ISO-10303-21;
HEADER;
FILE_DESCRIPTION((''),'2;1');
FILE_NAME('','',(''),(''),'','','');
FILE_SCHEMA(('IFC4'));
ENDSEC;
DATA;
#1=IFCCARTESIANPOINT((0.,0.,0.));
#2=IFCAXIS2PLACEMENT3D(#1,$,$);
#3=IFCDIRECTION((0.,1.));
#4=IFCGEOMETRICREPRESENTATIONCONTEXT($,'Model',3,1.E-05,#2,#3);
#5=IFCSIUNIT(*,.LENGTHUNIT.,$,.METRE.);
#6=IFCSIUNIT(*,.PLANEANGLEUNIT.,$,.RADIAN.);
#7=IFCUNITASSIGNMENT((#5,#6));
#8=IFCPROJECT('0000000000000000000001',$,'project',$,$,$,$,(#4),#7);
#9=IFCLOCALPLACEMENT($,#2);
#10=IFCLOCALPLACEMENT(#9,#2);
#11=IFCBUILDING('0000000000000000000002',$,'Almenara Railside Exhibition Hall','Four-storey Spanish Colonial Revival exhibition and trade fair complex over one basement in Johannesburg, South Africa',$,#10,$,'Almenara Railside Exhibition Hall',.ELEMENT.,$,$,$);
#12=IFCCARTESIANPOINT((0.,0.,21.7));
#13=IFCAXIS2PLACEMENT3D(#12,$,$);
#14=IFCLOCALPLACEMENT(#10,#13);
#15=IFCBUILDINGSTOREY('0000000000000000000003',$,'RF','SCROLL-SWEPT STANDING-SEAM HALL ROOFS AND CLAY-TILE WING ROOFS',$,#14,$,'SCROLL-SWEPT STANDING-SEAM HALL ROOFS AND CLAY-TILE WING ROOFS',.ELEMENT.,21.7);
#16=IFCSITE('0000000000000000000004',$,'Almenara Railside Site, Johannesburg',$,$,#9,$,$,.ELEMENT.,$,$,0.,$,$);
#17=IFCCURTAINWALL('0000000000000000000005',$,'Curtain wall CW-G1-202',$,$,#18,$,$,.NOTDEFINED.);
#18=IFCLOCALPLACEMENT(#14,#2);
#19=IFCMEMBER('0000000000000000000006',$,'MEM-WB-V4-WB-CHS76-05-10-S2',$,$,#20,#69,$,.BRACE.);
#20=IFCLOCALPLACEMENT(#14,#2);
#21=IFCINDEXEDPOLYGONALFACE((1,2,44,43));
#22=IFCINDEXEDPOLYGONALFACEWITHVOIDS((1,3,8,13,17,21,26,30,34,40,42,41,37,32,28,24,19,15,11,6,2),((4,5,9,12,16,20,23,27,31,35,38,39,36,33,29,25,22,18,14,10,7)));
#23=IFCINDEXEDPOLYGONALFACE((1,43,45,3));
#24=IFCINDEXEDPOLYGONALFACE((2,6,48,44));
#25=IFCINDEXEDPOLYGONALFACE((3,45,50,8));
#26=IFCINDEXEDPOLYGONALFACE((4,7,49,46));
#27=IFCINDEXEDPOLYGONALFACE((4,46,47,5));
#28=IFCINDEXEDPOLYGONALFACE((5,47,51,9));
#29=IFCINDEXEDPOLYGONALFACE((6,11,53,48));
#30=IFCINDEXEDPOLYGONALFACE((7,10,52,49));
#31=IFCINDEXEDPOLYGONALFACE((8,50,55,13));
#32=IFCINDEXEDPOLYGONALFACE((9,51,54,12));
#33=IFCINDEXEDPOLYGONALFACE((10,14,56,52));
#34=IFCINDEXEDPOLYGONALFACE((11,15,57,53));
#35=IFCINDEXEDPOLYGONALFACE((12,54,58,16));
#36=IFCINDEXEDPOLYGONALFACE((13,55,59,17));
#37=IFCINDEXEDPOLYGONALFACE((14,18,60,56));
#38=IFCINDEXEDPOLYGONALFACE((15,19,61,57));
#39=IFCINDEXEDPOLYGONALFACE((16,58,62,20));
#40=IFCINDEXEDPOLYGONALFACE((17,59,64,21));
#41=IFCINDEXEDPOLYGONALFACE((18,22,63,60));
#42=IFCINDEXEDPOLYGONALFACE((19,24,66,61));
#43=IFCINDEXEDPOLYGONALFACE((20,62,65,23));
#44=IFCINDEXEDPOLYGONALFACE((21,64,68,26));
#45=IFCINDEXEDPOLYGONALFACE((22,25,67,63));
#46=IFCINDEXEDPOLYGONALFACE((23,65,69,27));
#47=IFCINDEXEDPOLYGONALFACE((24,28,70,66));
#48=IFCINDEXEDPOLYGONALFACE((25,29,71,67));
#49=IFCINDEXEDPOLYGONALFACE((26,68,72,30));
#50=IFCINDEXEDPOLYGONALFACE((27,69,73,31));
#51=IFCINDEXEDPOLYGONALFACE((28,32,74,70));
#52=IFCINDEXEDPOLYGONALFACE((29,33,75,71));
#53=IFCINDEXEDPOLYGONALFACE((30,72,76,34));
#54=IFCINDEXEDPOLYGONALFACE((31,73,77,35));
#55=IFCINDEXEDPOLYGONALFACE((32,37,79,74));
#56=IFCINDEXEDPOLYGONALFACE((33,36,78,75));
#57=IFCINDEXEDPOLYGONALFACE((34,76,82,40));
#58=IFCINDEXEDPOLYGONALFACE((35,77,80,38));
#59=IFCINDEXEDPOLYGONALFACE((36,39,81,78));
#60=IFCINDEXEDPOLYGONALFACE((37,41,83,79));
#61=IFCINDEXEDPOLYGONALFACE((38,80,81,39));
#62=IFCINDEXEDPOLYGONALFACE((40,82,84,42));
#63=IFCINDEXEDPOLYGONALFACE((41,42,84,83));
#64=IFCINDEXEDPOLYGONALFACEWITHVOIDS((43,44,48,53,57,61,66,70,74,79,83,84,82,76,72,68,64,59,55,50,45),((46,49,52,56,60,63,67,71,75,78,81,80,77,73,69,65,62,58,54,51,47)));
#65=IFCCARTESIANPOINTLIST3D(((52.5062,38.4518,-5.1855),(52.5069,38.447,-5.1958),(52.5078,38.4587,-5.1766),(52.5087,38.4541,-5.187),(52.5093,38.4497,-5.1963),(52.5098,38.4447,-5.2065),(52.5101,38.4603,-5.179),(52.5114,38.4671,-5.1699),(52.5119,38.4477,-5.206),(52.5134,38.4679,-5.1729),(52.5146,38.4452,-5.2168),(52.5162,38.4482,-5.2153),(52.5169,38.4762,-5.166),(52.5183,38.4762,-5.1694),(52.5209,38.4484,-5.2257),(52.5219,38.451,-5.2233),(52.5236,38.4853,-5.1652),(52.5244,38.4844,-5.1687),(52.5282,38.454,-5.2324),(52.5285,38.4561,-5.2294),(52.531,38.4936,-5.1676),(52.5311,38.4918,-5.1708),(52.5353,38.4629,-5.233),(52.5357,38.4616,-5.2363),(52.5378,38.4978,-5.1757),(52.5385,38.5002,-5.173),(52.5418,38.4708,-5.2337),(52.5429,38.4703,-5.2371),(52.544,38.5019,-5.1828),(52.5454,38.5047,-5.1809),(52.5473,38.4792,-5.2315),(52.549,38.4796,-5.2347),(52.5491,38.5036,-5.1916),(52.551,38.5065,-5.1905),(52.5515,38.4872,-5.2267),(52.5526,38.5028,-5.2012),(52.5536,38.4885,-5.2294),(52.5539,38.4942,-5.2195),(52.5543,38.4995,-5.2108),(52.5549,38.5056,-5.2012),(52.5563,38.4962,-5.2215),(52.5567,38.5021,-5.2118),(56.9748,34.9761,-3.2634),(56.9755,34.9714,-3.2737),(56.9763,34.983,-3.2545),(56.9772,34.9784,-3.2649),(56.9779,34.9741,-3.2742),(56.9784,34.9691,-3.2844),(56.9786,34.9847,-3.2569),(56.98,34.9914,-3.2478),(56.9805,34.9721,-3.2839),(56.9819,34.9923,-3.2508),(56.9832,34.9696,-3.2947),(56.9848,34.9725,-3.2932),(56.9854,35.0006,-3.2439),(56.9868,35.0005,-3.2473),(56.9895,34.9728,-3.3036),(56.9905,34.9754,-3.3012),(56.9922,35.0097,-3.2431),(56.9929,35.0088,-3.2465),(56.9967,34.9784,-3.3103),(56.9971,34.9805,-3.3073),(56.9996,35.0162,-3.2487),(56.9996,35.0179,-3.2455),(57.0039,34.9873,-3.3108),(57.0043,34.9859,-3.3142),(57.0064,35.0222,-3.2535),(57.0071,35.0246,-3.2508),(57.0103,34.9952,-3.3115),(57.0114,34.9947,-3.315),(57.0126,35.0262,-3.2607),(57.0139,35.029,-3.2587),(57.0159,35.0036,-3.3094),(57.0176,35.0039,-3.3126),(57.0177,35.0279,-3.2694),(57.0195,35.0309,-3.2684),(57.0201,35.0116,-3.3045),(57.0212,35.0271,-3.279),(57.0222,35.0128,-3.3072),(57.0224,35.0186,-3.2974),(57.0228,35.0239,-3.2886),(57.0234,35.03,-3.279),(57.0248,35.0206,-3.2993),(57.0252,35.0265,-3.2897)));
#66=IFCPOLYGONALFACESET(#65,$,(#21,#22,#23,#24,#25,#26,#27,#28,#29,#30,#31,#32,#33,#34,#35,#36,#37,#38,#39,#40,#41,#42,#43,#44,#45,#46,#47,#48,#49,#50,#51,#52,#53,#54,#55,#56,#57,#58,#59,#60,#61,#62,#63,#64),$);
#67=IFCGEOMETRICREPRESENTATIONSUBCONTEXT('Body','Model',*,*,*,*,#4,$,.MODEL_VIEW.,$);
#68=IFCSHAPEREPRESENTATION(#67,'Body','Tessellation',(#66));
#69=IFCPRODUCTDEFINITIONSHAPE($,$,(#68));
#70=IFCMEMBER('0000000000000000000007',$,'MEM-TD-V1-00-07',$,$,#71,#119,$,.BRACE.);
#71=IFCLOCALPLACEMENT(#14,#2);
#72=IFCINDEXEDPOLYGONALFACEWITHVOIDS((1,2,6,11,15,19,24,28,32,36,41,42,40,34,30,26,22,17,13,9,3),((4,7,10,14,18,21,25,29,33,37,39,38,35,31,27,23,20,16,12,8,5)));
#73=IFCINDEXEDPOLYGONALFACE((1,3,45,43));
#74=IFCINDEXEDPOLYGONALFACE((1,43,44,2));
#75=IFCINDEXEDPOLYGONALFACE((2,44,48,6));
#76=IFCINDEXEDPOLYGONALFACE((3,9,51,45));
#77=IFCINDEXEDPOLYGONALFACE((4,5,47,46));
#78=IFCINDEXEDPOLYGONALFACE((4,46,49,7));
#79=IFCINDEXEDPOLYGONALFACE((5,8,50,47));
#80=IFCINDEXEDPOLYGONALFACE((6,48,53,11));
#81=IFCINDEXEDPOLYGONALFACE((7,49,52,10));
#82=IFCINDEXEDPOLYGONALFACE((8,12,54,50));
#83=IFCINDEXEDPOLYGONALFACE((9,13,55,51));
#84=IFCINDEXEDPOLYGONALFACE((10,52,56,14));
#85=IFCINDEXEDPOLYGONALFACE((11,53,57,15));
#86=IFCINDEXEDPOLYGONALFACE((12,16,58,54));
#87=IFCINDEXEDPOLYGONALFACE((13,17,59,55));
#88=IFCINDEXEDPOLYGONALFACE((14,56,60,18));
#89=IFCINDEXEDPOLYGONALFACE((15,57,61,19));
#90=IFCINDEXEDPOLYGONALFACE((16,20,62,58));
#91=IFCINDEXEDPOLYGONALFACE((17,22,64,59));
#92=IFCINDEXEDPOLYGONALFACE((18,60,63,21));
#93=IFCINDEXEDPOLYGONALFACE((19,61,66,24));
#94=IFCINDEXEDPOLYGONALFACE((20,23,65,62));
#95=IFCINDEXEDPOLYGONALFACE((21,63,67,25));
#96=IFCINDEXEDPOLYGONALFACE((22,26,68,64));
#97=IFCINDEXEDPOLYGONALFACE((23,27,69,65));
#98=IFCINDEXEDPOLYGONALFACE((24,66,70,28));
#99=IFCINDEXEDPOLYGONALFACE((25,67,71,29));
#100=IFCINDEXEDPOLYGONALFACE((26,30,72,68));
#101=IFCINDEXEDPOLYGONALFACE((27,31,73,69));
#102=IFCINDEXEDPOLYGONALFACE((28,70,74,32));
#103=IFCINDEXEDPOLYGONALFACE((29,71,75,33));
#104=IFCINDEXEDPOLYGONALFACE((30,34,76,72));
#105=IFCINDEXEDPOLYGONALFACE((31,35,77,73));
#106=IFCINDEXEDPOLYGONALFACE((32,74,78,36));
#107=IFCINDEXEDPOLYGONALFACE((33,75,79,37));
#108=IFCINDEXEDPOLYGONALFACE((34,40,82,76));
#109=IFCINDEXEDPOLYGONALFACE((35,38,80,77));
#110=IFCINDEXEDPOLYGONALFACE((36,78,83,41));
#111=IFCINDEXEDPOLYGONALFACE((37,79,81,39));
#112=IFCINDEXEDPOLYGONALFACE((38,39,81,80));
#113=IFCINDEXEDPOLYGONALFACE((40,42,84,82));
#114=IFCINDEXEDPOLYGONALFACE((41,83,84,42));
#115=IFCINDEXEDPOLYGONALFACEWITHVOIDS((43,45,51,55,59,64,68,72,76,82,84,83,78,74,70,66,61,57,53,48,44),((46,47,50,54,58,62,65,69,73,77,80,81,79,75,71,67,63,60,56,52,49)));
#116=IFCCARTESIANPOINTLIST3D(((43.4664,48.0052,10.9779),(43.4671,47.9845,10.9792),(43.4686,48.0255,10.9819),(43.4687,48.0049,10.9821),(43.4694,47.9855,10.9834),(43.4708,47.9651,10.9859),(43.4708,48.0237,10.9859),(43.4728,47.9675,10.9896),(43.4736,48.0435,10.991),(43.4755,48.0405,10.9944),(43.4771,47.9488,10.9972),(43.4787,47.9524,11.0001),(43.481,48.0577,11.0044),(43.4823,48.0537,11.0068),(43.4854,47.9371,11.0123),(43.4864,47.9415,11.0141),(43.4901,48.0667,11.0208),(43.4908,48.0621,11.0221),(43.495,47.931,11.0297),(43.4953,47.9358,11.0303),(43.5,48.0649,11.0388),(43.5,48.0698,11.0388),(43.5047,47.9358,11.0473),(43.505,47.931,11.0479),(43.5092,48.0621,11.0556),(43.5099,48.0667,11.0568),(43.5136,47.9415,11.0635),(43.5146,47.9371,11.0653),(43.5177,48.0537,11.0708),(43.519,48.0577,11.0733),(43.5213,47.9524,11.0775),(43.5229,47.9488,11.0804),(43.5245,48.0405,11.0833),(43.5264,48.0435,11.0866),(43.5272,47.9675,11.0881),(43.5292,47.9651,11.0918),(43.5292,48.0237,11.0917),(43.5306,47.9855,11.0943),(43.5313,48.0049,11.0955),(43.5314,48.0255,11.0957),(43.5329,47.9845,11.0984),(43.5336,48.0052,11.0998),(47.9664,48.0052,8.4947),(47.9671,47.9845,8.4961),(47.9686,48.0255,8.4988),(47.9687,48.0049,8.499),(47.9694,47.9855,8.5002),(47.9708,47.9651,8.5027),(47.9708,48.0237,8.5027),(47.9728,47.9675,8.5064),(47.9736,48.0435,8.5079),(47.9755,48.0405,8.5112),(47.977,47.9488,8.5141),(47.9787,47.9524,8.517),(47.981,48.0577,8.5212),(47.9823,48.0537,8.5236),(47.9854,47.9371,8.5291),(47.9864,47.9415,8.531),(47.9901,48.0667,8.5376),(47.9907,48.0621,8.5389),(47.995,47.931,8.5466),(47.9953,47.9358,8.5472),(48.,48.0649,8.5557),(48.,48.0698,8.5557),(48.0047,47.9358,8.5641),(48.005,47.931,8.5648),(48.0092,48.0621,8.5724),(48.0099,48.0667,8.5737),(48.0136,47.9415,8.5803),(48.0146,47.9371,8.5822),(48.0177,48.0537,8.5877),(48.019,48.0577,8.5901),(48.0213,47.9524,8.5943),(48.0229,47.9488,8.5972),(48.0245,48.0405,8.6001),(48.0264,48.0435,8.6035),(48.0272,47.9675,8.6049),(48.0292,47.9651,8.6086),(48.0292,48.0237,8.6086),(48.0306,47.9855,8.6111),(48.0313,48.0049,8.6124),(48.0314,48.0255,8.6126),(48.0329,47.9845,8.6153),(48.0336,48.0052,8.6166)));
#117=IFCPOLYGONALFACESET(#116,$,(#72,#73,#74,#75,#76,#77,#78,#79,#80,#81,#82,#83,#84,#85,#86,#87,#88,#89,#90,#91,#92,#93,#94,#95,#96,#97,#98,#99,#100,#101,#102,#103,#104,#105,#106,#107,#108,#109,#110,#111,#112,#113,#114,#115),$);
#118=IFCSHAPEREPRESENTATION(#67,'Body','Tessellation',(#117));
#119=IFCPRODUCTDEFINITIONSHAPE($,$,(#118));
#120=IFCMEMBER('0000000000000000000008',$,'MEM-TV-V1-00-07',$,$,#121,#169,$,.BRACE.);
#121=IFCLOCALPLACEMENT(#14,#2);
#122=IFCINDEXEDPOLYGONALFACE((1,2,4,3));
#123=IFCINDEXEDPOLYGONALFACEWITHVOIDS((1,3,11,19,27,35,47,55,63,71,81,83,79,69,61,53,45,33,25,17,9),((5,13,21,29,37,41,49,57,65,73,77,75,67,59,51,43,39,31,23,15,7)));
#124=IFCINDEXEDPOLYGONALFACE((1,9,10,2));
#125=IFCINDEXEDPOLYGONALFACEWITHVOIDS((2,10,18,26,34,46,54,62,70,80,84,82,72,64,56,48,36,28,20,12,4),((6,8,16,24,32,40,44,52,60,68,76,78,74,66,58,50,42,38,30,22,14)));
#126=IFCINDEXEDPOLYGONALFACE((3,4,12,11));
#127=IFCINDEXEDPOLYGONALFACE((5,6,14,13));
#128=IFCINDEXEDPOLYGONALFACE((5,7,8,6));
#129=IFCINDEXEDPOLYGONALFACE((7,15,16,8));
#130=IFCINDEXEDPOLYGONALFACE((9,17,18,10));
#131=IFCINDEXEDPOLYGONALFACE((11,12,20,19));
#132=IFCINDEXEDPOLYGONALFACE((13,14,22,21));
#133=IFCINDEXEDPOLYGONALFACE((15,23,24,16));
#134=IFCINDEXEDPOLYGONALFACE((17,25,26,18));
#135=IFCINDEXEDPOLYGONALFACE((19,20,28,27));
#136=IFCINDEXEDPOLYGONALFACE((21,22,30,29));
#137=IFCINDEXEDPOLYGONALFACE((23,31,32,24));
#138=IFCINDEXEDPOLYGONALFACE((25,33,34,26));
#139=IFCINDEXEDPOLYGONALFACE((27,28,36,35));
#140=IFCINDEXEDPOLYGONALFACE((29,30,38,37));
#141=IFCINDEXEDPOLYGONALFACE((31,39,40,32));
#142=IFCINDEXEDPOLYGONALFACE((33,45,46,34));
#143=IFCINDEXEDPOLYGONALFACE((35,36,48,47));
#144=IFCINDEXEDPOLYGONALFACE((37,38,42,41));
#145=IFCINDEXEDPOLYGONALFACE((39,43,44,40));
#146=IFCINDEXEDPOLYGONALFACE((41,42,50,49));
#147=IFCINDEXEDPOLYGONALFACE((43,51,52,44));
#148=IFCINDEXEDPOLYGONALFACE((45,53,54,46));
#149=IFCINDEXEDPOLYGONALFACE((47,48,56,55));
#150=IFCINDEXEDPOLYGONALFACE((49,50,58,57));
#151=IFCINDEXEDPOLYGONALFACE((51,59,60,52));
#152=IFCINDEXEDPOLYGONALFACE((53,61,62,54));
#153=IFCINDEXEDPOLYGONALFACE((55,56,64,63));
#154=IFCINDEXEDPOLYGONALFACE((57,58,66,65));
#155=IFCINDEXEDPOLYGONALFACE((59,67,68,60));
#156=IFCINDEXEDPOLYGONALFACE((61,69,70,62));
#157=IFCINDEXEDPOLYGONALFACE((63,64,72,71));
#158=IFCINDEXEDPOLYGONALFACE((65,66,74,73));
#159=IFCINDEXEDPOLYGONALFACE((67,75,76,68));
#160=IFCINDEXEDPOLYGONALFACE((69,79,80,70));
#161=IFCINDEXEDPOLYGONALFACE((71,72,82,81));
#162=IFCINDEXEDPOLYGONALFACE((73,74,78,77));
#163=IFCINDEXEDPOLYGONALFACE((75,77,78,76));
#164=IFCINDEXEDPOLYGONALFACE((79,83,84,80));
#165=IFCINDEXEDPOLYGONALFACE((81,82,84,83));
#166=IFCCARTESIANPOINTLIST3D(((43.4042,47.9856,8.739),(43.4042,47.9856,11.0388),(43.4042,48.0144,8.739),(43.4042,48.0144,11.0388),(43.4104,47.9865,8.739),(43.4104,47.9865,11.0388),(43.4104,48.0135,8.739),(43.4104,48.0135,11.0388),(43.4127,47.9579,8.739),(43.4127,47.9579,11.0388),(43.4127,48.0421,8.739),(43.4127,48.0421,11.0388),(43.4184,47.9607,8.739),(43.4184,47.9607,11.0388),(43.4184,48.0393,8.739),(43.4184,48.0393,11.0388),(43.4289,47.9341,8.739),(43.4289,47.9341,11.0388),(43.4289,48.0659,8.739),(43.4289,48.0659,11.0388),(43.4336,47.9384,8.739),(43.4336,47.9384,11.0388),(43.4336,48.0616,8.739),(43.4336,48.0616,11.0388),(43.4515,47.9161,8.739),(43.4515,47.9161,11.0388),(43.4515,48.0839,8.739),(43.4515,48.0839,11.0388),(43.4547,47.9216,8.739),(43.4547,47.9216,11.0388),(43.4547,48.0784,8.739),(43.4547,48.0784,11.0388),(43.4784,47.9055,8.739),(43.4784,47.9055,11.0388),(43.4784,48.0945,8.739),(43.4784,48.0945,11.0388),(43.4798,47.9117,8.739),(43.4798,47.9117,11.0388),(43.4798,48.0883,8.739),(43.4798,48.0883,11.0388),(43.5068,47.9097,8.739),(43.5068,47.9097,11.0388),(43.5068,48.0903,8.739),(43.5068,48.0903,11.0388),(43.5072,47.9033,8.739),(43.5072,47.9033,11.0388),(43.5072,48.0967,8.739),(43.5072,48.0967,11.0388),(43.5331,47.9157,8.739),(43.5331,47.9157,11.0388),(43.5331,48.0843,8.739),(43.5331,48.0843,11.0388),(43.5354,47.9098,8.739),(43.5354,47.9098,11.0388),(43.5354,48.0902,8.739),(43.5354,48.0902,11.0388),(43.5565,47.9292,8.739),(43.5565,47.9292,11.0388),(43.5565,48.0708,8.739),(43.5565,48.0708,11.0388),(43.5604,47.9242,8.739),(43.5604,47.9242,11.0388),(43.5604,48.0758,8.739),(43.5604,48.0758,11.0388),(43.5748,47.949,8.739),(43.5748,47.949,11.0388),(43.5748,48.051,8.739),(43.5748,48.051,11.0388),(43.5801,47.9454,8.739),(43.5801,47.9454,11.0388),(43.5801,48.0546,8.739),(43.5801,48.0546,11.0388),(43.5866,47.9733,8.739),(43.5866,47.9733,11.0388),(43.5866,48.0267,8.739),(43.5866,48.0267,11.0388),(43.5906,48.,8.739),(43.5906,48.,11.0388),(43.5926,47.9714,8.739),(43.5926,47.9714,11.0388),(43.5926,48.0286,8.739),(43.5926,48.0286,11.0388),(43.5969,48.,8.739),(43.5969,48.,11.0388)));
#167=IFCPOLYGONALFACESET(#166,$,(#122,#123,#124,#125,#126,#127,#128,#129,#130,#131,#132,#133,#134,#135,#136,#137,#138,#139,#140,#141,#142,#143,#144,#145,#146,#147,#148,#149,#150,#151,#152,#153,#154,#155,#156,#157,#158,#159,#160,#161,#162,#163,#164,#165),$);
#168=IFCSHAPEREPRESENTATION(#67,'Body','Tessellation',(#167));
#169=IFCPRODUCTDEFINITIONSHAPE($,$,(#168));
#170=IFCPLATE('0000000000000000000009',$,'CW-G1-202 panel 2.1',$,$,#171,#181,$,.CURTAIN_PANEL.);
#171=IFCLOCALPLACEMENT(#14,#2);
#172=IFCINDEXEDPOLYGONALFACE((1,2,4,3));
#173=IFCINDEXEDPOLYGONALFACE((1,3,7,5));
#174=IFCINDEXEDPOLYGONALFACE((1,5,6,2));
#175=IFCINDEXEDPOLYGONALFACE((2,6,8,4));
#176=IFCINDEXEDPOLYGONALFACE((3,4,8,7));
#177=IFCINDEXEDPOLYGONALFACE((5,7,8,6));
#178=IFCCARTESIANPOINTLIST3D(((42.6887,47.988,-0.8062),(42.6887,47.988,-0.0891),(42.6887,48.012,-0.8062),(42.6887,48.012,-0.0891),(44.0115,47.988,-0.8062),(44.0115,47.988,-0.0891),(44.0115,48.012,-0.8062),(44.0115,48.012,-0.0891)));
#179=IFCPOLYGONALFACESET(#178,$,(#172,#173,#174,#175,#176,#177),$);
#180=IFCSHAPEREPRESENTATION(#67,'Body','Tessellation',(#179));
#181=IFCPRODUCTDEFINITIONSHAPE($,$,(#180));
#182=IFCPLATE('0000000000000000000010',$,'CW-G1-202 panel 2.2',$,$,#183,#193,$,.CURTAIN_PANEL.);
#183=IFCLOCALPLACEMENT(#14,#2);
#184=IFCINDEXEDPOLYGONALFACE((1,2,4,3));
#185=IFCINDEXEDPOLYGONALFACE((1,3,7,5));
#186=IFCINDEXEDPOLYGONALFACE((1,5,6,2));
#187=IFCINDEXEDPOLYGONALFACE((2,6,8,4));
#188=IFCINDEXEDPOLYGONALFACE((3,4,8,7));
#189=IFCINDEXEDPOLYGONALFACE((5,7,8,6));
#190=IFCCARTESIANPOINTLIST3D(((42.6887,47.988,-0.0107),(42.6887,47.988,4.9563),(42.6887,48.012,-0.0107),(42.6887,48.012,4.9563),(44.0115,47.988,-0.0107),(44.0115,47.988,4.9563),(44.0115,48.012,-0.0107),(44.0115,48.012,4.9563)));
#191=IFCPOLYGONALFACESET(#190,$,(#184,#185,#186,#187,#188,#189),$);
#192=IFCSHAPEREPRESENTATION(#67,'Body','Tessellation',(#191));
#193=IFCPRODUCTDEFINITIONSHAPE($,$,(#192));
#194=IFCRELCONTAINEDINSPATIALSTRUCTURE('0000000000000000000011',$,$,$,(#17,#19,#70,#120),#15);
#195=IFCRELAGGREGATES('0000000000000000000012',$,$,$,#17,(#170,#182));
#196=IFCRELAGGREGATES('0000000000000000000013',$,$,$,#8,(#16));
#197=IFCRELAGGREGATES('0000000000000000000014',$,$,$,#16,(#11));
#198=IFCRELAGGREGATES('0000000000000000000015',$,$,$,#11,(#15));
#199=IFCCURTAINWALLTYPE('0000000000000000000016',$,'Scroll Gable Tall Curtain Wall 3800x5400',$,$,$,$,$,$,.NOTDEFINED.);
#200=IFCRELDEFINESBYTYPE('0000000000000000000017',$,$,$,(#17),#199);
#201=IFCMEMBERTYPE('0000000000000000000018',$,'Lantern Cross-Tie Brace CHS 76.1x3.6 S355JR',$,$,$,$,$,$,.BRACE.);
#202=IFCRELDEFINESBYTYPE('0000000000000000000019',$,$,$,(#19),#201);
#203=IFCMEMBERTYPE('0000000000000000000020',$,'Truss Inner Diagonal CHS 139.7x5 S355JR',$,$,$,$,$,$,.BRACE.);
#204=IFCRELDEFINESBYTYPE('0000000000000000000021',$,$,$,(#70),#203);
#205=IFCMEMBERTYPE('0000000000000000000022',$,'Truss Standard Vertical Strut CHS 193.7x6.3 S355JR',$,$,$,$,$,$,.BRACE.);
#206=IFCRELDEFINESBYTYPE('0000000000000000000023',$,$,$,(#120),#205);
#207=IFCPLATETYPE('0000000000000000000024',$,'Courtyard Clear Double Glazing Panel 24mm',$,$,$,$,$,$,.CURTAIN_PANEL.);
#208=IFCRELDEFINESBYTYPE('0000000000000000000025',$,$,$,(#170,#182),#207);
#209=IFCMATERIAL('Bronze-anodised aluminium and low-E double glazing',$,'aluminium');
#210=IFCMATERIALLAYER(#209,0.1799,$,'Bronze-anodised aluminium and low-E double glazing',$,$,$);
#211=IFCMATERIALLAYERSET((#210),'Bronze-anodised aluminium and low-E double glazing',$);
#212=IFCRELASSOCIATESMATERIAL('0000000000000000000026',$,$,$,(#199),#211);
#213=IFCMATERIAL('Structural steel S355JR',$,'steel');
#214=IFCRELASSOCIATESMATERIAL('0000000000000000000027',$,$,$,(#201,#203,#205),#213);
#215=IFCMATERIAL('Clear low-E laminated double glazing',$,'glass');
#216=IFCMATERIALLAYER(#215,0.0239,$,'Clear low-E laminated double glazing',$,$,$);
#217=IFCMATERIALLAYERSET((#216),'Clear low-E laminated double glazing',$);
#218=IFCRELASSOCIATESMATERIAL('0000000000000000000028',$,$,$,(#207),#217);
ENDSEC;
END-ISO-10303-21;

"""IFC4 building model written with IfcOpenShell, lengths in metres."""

from ifc_helpers import new_model, si_unit, direction, frame, origin, origin_2d, place, context, subcontext, project, spatial, rectangle, hollow_circle, extrude, material, layer, layer_set, material_profile, profile_set, type_object, element, aggregate, save


model = new_model("IFC4")

# Units and contexts
model_context = context("Model", 3, precision=1e-05, world=origin(), true_north=direction((0.0, 1.0)))
body_context = subcontext(model_context, "Body", "Model", "MODEL_VIEW")
ifc_project = project(units=[si_unit("LENGTHUNIT", "METRE"), si_unit("PLANEANGLEUNIT", "RADIAN")], contexts=[model_context])

# Site, building, storey
site_placement = place(None, origin())
site = spatial("IfcSite", under=ifc_project, at=site_placement, Name="Almenara Railside Site, Johannesburg", CompositionType="ELEMENT", RefElevation=0.0)
building_placement = place(site_placement, origin())
building = spatial("IfcBuilding", under=site, at=building_placement, Name="Almenara Railside Exhibition Hall", Description="Four-storey Spanish Colonial Revival exhibition and trade fair complex over one basement in Johannesburg, South Africa", LongName="Almenara Railside Exhibition Hall", CompositionType="ELEMENT")
storey_placement = place(building_placement, frame((0.0, 0.0, 21.7)))
storey = spatial("IfcBuildingStorey", under=building, at=storey_placement, Name="RF", Description="SCROLL-SWEPT STANDING-SEAM HALL ROOFS AND CLAY-TILE WING ROOFS", LongName="SCROLL-SWEPT STANDING-SEAM HALL ROOFS AND CLAY-TILE WING ROOFS", CompositionType="ELEMENT", Elevation=21.7)

# Shared definitions
ifc_material_1 = material(Name="Structural steel S355JR", Category="steel")

# Shared definitions
ifc_material_2 = material(Name="Bronze-anodised aluminium and low-E double glazing", Category="aluminium")
ifc_layer_1 = layer(ifc_material_2, 0.1799, Name="Bronze-anodised aluminium and low-E double glazing")
ifc_layer_set_1 = layer_set([ifc_layer_1], Name="Bronze-anodised aluminium and low-E double glazing")
curtain_wall_type = type_object("IfcCurtainWallType", Name="Scroll Gable Tall Curtain Wall 3800x5400", PredefinedType="NOTDEFINED", material=ifc_layer_set_1)

# Curtain wall
curtain_wall_1_placement = place(storey_placement, origin())
curtain_wall_1 = element("IfcCurtainWall", 1, at=curtain_wall_1_placement, inside=storey, type_object=curtain_wall_type, Name="Curtain wall CW-G1-202", PredefinedType="NOTDEFINED")

# Members
ifc_material_profile_1 = material_profile(ifc_material_1, hollow_circle(Radius=0.0381, WallThickness=0.0037, at=origin_2d()), Name="CHS 76.1x3.6")
ifc_profile_set_1 = profile_set([ifc_material_profile_1], Name="Structural steel S355JR")
member_type_1 = type_object("IfcMemberType", Name="Lantern Cross-Tie Brace CHS 76.1x3.6 S355JR", PredefinedType="BRACE", material=ifc_profile_set_1)
member_1_placement = place(storey_placement, frame((52.5315, 38.4756, -5.2012), z_axis=(0.747436, -0.581353, 0.321508), x_axis=(0.61395, 0.789345, 0.0)))
element("IfcMember", 2, at=member_1_placement, inside=storey, type_object=member_type_1, Name="MEM-WB-V4-WB-CHS76-05-10-S2", PredefinedType="BRACE", context=body_context, shape_type="SweptSolid", body=[
    extrude(hollow_circle(Radius=0.0381, WallThickness=0.0037, at=origin_2d()), origin(), (0.0, 0.0, 1.0), 5.9785),
])
ifc_material_profile_2 = material_profile(ifc_material_1, hollow_circle(Radius=0.0698, WallThickness=0.0049, at=origin_2d()), Name="CHS 139.7x5")
ifc_profile_set_2 = profile_set([ifc_material_profile_2], Name="Structural steel S355JR")
member_type_2 = type_object("IfcMemberType", Name="Truss Inner Diagonal CHS 139.7x5 S355JR", PredefinedType="BRACE", material=ifc_profile_set_2)
member_2_placement = place(storey_placement, frame((43.5, 48.0, 11.0388), z_axis=(0.875545, 0.0, -0.483136), x_axis=(0.0, 1.0, 0.0)))
element("IfcMember", 3, at=member_2_placement, inside=storey, type_object=member_type_2, Name="MEM-TD-V1-00-07", PredefinedType="BRACE", context=body_context, shape_type="SweptSolid", body=[
    extrude(hollow_circle(Radius=0.0698, WallThickness=0.0049, at=origin_2d()), origin(), (0.0, 0.0, 1.0), 5.1396),
])
ifc_material_profile_3 = material_profile(ifc_material_1, hollow_circle(Radius=0.0969, WallThickness=0.0063, at=origin_2d()), Name="CHS 193.7x6.3")
ifc_profile_set_3 = profile_set([ifc_material_profile_3], Name="Structural steel S355JR")
member_type_3 = type_object("IfcMemberType", Name="Truss Standard Vertical Strut CHS 193.7x6.3 S355JR", PredefinedType="BRACE", material=ifc_profile_set_3)
member_3_placement = place(storey_placement, frame((43.5, 48.0, 8.739), z_axis=(0.0, 0.0, 1.0), x_axis=(1.0, 0.0, 0.0)))
element("IfcMember", 4, at=member_3_placement, inside=storey, type_object=member_type_3, Name="MEM-TV-V1-00-07", PredefinedType="BRACE", context=body_context, shape_type="SweptSolid", body=[
    extrude(hollow_circle(Radius=0.0969, WallThickness=0.0063, at=origin_2d()), origin(), (0.0, 0.0, 1.0), 2.2998),
])

# Plates
ifc_material_3 = material(Name="Clear low-E laminated double glazing", Category="glass")
ifc_layer_2 = layer(ifc_material_3, 0.0239, Name="Clear low-E laminated double glazing")
ifc_layer_set_2 = layer_set([ifc_layer_2], Name="Clear low-E laminated double glazing")
plate_type_1 = type_object("IfcPlateType", Name="Courtyard Clear Double Glazing Panel 24mm", PredefinedType="CURTAIN_PANEL", material=ifc_layer_set_2)
plate_1_placement = place(storey_placement, frame((43.3501, 48.0, -0.8062), z_axis=(0.0, 0.0, 1.0), x_axis=(1.0, 0.0, 0.0)))
plate_1 = element("IfcPlate", 5, at=plate_1_placement, type_object=plate_type_1, Name="CW-G1-202 panel 2.1", PredefinedType="CURTAIN_PANEL", context=body_context, shape_type="SweptSolid", body=[
    extrude(rectangle(XDim=1.3228, YDim=0.0239, at=origin_2d()), origin(), (0.0, 0.0, 1.0), 0.717),
])
plate_2_placement = place(storey_placement, frame((43.3501, 48.0, -0.0107), z_axis=(0.0, 0.0, 1.0), x_axis=(1.0, 0.0, 0.0)))
plate_2 = element("IfcPlate", 6, at=plate_2_placement, type_object=plate_type_1, Name="CW-G1-202 panel 2.2", PredefinedType="CURTAIN_PANEL", context=body_context, shape_type="SweptSolid", body=[
    extrude(rectangle(XDim=1.3228, YDim=0.0239, at=origin_2d()), origin(), (0.0, 0.0, 1.0), 4.967),
])
aggregate(curtain_wall_1, [plate_1, plate_2])

save(model, "model.ifc")
